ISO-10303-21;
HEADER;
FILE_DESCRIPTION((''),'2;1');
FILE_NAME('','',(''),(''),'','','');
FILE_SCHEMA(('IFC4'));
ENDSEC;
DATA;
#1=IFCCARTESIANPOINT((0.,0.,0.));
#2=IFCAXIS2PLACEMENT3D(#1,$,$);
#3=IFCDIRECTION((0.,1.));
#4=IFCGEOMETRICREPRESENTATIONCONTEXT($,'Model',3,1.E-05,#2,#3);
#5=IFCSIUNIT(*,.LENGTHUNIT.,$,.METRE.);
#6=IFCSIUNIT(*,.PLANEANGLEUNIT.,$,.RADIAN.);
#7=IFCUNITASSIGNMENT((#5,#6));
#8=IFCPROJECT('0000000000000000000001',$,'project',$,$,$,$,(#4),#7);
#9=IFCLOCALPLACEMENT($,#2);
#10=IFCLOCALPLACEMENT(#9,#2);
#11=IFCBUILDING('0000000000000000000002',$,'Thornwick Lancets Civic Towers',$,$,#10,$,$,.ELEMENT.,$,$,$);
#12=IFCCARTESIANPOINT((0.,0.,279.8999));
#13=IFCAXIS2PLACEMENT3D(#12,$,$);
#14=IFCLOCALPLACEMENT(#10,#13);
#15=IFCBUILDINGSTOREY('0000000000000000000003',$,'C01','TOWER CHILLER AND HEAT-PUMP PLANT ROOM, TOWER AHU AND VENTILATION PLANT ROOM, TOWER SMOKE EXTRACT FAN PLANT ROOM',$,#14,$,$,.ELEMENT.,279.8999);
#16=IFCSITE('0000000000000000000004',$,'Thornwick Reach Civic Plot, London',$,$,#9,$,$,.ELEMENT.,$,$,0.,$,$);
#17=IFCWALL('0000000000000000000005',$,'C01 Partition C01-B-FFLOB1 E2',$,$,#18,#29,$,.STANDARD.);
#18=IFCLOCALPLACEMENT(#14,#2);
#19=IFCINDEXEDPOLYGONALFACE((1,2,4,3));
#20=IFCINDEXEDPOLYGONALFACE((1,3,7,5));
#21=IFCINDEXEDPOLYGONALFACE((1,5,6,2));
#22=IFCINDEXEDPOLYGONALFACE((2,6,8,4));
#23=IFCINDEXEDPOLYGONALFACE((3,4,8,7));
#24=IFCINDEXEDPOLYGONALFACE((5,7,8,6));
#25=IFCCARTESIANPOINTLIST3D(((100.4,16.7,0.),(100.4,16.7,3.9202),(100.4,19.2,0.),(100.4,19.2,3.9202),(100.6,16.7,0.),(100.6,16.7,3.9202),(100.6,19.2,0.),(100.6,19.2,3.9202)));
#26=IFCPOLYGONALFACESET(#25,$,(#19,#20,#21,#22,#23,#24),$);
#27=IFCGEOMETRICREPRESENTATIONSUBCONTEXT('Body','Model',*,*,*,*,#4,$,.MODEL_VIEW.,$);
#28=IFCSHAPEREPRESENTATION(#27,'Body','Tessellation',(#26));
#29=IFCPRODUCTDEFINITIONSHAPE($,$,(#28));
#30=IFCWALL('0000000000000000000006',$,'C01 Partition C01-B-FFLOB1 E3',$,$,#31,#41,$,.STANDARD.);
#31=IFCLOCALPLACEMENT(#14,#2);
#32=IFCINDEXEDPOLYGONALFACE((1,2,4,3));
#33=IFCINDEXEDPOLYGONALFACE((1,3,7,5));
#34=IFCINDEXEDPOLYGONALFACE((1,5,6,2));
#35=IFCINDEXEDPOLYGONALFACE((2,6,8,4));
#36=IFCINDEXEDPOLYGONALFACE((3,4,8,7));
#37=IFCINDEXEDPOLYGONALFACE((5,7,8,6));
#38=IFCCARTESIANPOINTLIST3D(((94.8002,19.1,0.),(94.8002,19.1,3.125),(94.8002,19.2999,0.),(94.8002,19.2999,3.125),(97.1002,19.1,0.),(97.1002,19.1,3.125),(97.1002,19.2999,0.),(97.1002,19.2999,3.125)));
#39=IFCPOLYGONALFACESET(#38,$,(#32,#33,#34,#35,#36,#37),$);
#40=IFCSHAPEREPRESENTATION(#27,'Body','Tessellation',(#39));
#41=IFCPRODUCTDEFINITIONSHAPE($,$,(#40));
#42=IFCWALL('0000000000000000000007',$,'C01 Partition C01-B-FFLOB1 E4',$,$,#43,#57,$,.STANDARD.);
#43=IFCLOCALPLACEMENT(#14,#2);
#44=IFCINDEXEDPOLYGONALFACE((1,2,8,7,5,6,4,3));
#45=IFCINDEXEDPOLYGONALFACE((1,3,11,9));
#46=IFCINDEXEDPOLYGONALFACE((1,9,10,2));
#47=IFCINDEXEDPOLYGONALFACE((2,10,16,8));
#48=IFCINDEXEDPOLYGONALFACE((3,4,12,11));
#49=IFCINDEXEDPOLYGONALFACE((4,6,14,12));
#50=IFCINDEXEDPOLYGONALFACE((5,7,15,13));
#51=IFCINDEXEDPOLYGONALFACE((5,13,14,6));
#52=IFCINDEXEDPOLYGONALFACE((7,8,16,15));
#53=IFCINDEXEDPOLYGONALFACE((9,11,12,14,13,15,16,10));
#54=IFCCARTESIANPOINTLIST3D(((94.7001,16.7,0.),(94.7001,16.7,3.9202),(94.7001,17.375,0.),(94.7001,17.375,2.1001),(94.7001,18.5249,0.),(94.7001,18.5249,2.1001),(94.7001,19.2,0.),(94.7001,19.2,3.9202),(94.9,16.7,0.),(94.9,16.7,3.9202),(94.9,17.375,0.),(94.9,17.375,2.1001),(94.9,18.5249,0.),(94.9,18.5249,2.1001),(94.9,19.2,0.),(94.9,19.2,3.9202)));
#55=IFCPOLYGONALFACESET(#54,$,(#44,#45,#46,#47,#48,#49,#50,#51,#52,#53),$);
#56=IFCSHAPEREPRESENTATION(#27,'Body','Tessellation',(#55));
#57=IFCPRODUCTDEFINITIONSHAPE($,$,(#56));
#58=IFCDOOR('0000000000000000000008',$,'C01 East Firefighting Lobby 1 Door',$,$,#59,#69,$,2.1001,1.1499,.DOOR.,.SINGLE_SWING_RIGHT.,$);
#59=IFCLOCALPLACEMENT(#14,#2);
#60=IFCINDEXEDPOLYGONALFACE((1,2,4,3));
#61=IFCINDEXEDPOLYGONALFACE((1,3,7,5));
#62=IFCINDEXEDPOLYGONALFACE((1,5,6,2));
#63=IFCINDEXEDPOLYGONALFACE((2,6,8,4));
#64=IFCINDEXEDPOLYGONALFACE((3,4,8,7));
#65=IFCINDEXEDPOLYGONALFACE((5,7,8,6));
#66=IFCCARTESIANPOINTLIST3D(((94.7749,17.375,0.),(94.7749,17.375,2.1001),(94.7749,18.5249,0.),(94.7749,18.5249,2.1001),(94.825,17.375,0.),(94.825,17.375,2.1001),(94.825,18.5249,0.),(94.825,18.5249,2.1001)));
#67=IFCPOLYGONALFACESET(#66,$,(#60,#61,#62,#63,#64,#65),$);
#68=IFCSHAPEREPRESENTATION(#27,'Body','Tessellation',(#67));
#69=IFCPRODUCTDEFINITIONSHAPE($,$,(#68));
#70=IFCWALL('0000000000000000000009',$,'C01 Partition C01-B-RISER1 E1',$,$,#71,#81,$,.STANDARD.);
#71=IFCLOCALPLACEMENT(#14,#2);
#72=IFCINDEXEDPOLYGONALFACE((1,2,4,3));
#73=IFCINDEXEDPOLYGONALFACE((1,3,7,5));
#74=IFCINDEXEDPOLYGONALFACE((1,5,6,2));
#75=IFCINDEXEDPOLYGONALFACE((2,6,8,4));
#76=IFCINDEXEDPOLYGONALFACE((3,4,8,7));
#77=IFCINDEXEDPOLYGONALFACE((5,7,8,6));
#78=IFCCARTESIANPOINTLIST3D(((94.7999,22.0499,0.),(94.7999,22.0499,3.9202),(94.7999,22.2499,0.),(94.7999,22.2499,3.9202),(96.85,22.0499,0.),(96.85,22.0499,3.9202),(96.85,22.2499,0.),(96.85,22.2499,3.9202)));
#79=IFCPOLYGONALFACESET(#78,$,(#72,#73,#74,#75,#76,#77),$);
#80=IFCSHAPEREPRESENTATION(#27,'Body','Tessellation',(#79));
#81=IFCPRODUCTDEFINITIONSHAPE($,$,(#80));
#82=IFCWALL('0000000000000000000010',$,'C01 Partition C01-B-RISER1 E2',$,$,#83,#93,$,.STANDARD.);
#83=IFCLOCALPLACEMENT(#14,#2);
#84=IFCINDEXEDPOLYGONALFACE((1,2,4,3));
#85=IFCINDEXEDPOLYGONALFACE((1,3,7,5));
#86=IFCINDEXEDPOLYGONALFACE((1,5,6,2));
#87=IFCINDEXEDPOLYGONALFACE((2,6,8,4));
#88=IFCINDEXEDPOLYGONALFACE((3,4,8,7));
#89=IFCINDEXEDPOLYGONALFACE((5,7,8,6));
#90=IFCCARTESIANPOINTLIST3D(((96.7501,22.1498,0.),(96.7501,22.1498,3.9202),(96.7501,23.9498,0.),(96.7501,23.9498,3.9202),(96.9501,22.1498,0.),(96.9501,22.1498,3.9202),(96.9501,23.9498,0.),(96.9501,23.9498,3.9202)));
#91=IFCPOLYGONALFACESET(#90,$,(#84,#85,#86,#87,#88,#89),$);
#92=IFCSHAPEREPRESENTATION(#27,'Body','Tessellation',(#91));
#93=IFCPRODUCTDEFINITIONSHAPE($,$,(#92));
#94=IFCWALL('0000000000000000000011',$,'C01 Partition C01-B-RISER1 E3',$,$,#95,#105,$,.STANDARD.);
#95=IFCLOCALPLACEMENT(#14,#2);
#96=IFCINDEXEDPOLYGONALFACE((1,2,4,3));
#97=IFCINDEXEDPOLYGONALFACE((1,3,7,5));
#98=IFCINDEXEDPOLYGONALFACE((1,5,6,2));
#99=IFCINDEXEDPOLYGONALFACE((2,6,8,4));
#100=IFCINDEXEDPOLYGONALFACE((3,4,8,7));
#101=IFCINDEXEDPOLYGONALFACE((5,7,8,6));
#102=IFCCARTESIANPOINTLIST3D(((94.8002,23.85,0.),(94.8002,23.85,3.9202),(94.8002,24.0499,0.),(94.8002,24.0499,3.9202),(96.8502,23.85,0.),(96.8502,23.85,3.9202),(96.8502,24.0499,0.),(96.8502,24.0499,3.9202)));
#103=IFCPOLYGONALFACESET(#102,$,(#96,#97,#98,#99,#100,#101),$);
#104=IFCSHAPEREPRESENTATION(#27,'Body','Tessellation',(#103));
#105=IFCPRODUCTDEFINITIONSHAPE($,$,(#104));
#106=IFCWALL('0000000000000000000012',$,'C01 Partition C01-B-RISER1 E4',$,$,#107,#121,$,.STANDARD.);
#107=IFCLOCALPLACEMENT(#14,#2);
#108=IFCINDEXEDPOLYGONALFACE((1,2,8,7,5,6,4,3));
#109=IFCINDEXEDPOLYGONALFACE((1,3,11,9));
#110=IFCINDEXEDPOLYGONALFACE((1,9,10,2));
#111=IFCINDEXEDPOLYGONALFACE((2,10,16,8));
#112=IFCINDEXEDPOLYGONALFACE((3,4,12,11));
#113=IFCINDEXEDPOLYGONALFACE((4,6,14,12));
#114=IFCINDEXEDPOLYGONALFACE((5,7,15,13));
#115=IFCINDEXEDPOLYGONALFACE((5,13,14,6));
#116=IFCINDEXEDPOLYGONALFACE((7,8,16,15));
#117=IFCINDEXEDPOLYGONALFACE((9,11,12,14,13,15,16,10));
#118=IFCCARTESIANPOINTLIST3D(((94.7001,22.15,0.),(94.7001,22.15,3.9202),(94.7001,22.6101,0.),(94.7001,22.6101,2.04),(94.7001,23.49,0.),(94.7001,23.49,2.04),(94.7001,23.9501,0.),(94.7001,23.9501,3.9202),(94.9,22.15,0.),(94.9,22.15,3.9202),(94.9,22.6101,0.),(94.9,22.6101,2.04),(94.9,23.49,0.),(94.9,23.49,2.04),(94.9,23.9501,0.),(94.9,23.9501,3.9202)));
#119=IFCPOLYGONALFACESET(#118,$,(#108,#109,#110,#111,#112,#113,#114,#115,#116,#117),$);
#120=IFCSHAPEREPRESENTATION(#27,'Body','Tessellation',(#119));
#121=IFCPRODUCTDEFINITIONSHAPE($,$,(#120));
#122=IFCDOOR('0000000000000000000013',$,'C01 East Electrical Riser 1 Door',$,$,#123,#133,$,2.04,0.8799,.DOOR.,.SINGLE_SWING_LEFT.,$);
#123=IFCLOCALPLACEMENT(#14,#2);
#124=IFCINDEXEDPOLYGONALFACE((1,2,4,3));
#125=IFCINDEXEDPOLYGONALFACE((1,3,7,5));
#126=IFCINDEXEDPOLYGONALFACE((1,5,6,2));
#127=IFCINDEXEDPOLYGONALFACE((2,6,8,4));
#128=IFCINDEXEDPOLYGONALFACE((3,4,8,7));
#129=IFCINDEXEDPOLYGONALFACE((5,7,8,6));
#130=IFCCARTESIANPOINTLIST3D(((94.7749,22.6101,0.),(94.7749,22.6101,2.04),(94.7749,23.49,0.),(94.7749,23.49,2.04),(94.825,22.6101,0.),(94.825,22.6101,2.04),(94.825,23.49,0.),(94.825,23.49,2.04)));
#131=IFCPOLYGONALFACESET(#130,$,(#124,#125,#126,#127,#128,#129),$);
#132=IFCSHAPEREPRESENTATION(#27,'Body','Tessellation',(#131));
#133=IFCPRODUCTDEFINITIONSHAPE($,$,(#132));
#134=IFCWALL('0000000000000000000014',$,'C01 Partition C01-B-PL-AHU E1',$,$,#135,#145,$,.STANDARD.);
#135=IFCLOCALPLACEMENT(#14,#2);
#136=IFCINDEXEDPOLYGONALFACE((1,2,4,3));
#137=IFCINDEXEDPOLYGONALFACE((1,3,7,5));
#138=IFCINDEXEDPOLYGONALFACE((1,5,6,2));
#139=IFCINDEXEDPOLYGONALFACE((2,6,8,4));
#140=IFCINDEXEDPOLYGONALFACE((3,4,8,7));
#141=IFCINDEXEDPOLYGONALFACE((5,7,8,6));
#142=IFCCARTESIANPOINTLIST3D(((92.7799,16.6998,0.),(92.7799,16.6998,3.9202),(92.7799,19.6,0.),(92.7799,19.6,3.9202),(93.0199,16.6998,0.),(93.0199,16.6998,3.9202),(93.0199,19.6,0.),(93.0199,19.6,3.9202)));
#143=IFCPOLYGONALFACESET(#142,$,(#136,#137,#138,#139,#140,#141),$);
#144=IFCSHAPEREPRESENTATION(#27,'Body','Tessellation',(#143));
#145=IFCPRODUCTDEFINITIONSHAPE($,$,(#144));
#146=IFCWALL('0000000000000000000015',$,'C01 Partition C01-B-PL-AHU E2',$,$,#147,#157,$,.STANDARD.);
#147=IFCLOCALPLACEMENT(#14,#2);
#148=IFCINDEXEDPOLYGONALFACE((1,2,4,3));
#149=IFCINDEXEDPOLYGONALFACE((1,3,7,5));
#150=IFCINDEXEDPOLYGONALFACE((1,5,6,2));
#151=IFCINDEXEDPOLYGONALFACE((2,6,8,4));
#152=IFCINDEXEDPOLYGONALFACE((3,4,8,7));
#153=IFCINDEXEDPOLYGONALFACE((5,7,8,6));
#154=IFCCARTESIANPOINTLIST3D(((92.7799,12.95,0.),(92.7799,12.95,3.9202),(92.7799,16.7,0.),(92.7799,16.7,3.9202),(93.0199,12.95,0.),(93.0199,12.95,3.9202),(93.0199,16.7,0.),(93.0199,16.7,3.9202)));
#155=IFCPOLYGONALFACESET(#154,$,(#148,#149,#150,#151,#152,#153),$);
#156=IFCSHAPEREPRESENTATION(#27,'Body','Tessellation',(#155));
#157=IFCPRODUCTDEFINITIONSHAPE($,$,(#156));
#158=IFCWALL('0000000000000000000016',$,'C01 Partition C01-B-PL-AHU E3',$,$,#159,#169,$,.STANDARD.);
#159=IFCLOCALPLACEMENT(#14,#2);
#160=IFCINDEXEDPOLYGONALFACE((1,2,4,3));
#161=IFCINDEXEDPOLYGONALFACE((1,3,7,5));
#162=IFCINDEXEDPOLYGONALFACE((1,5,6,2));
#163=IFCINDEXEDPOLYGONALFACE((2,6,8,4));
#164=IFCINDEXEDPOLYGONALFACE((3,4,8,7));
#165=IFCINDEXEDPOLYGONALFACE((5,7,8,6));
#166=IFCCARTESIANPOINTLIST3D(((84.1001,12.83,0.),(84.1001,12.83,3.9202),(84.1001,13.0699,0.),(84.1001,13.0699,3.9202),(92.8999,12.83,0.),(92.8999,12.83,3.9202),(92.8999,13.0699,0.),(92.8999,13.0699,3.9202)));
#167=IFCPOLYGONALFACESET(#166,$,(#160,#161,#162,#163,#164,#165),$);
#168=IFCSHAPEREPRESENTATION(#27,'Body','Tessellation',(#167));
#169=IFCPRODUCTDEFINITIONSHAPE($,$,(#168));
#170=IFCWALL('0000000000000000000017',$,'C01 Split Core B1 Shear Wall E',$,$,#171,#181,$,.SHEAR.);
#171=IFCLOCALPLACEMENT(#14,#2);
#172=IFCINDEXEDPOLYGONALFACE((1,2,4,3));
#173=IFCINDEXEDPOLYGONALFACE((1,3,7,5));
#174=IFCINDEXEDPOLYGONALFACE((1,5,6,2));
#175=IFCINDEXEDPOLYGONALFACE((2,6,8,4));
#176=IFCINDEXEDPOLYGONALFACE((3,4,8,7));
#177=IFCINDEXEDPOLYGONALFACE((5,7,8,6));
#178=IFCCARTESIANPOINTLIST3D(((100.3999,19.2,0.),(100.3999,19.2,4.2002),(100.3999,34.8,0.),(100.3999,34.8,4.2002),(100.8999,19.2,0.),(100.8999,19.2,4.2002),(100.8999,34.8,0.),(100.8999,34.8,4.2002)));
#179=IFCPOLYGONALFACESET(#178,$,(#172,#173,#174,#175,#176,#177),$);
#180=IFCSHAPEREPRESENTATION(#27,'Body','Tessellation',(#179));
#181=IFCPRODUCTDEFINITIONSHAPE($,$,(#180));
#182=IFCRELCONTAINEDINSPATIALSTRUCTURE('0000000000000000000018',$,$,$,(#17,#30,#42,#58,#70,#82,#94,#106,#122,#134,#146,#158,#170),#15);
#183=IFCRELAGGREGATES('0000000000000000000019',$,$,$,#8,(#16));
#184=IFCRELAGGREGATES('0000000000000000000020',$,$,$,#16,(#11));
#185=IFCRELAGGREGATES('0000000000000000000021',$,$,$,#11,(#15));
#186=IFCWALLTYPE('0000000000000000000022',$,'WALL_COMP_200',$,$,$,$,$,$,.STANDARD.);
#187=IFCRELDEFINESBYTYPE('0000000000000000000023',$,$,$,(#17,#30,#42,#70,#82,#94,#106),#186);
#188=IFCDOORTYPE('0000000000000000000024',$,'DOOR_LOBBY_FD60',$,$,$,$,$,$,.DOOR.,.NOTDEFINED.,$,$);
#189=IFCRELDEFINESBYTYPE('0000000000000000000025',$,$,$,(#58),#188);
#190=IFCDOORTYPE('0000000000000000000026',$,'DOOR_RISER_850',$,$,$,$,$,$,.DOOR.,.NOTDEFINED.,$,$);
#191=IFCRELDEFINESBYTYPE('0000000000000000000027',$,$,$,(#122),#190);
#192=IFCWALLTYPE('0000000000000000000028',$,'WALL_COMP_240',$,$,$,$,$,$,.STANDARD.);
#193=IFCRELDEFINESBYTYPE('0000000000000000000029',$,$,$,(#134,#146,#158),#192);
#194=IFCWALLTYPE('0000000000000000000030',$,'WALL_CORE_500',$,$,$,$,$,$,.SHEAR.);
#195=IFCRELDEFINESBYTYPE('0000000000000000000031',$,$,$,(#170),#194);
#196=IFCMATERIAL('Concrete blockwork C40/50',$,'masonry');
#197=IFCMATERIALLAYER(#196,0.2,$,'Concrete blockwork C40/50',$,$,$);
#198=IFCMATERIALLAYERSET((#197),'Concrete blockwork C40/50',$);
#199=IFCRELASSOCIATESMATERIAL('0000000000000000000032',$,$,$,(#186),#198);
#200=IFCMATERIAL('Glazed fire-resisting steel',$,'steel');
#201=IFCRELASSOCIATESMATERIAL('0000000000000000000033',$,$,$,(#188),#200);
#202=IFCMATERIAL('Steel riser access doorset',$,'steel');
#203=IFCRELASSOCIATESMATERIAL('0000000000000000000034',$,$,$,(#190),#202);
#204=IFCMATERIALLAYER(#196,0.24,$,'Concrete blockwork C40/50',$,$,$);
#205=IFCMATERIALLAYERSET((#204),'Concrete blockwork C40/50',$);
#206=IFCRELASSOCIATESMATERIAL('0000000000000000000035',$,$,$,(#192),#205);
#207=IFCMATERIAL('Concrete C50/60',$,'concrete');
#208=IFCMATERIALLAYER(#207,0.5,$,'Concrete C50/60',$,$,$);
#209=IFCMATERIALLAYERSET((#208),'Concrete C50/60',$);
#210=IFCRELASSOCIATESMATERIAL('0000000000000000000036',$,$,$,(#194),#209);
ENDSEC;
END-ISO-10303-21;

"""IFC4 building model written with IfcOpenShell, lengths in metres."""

from ifc_helpers import new_model, si_unit, direction, frame, frame_2d, origin, place, context, subcontext, project, spatial, rectangle, extrude, material, layer, layer_set, type_object, element, fill, save


model = new_model("IFC4")

# Units and contexts
model_context = context("Model", 3, precision=1e-05, world=origin(), true_north=direction((0.0, 1.0)))
body_context = subcontext(model_context, "Body", "Model", "MODEL_VIEW")
ifc_project = project(units=[si_unit("LENGTHUNIT", "METRE"), si_unit("PLANEANGLEUNIT", "RADIAN")], contexts=[model_context])

# Site, building, storey
site_placement = place(None, origin())
site = spatial("IfcSite", under=ifc_project, at=site_placement, Name="Thornwick Reach Civic Plot, London", CompositionType="ELEMENT", RefElevation=0.0)
building_placement = place(site_placement, origin())
building = spatial("IfcBuilding", under=site, at=building_placement, Name="Thornwick Lancets Civic Towers", CompositionType="ELEMENT")
storey_placement = place(building_placement, frame((0.0, 0.0, 279.8999)))
storey = spatial("IfcBuildingStorey", under=building, at=storey_placement, Name="C01", Description="TOWER CHILLER AND HEAT-PUMP PLANT ROOM, TOWER AHU AND VENTILATION PLANT ROOM, TOWER SMOKE EXTRACT FAN PLANT ROOM", CompositionType="ELEMENT", Elevation=279.8999)

# Shared definitions
ifc_material_1 = material(Name="Concrete C50/60", Category="concrete")

# Walls
ifc_material_2 = material(Name="Concrete blockwork C40/50", Category="masonry")
ifc_layer_1 = layer(ifc_material_2, 0.2, Name="Concrete blockwork C40/50")
ifc_layer_set_1 = layer_set([ifc_layer_1], Name="Concrete blockwork C40/50")
wall_type_1 = type_object("IfcWallType", Name="WALL_COMP_200", PredefinedType="STANDARD", material=ifc_layer_set_1)
wall_1_placement = place(storey_placement, frame((100.5, 16.7, 0.0), z_axis=(0.0, 0.0, 1.0), x_axis=(0.0, 1.0, 0.0)))
element("IfcWall", 1, at=wall_1_placement, inside=storey, type_object=wall_type_1, Name="C01 Partition C01-B-FFLOB1 E2", PredefinedType="STANDARD", context=body_context, shape_type="SweptSolid", body=[
    extrude(rectangle(XDim=2.5, YDim=0.2, at=frame_2d((1.25, 0.0))), origin(), (0.0, 0.0, 1.0), 3.9202),
])
wall_2_placement = place(storey_placement, frame((97.1001, 19.2, 0.0), z_axis=(0.0, 0.0, 1.0), x_axis=(-1.0, 0.0, 0.0)))
element("IfcWall", 2, at=wall_2_placement, inside=storey, type_object=wall_type_1, Name="C01 Partition C01-B-FFLOB1 E3", PredefinedType="STANDARD", context=body_context, shape_type="SweptSolid", body=[
    extrude(rectangle(XDim=2.3, YDim=0.2, at=frame_2d((1.1499, 0.0))), origin(), (0.0, 0.0, 1.0), 3.125),
])

# Wall, opening, door
wall_3_placement = place(storey_placement, frame((94.8, 19.2, 0.0), z_axis=(0.0, 0.0, 1.0), x_axis=(0.0, -1.0, 0.0)))
wall_3 = element("IfcWall", 3, at=wall_3_placement, inside=storey, type_object=wall_type_1, Name="C01 Partition C01-B-FFLOB1 E4", PredefinedType="STANDARD", context=body_context, shape_type="SweptSolid", body=[
    extrude(rectangle(XDim=2.5, YDim=0.2, at=frame_2d((1.25, 0.0))), origin(), (0.0, 0.0, 1.0), 3.9202),
])
opening_1_placement = place(wall_3_placement, frame((0.675, 0.0, 0.0)))
opening_1 = element("IfcOpeningElement", 4, at=opening_1_placement, cuts=wall_3, PredefinedType="OPENING", context=body_context, shape_type="SweptSolid", body=[
    extrude(rectangle(XDim=1.1499, YDim=2.1001, at=frame_2d((0.575, 1.05))), frame((0.0, 0.1099, 0.0), z_axis=(0.0, -1.0, 0.0), x_axis=(1.0, 0.0, 0.0)), (0.0, 0.0, 1.0), 0.22),
])
ifc_material_3 = material(Name="Glazed fire-resisting steel", Category="steel")
door_type_1 = type_object("IfcDoorType", Name="DOOR_LOBBY_FD60", OperationType="NOTDEFINED", PredefinedType="DOOR", material=ifc_material_3)
door_1_placement = place(opening_1_placement, origin())
door_1 = element("IfcDoor", 5, at=door_1_placement, inside=storey, type_object=door_type_1, Name="C01 East Firefighting Lobby 1 Door", OperationType="SINGLE_SWING_RIGHT", OverallHeight=2.1001, OverallWidth=1.1499, PredefinedType="DOOR", context=body_context, shape_type="SweptSolid", body=[
    extrude(rectangle(XDim=1.1499, YDim=2.1001, at=frame_2d((0.575, 1.05))), frame((0.0, 0.0249, 0.0), z_axis=(0.0, -1.0, 0.0), x_axis=(1.0, 0.0, 0.0)), (0.0, 0.0, 1.0), 0.05),
])
fill(opening_1, door_1)

# Walls
wall_4_placement = place(storey_placement, frame((94.8, 22.1499, 0.0), z_axis=(0.0, 0.0, 1.0), x_axis=(1.0, 0.0, 0.0)))
element("IfcWall", 6, at=wall_4_placement, inside=storey, type_object=wall_type_1, Name="C01 Partition C01-B-RISER1 E1", PredefinedType="STANDARD", context=body_context, shape_type="SweptSolid", body=[
    extrude(rectangle(XDim=2.05, YDim=0.2, at=frame_2d((1.0249, 0.0))), origin(), (0.0, 0.0, 1.0), 3.9202),
])
wall_5_placement = place(storey_placement, frame((96.8501, 22.1499, 0.0), z_axis=(0.0, 0.0, 1.0), x_axis=(0.0, 1.0, 0.0)))
element("IfcWall", 7, at=wall_5_placement, inside=storey, type_object=wall_type_1, Name="C01 Partition C01-B-RISER1 E2", PredefinedType="STANDARD", context=body_context, shape_type="SweptSolid", body=[
    extrude(rectangle(XDim=1.8, YDim=0.2, at=frame_2d((0.8999, 0.0))), origin(), (0.0, 0.0, 1.0), 3.9202),
])
wall_6_placement = place(storey_placement, frame((96.8501, 23.95, 0.0), z_axis=(0.0, 0.0, 1.0), x_axis=(-1.0, 0.0, 0.0)))
element("IfcWall", 8, at=wall_6_placement, inside=storey, type_object=wall_type_1, Name="C01 Partition C01-B-RISER1 E3", PredefinedType="STANDARD", context=body_context, shape_type="SweptSolid", body=[
    extrude(rectangle(XDim=2.05, YDim=0.2, at=frame_2d((1.0249, 0.0))), origin(), (0.0, 0.0, 1.0), 3.9202),
])

# Wall, opening, door
wall_7_placement = place(storey_placement, frame((94.8, 23.95, 0.0), z_axis=(0.0, 0.0, 1.0), x_axis=(0.0, -1.0, 0.0)))
wall_7 = element("IfcWall", 9, at=wall_7_placement, inside=storey, type_object=wall_type_1, Name="C01 Partition C01-B-RISER1 E4", PredefinedType="STANDARD", context=body_context, shape_type="SweptSolid", body=[
    extrude(rectangle(XDim=1.8, YDim=0.2, at=frame_2d((0.8999, 0.0))), origin(), (0.0, 0.0, 1.0), 3.9202),
])
opening_2_placement = place(wall_7_placement, frame((0.46, 0.0, 0.0)))
opening_2 = element("IfcOpeningElement", 10, at=opening_2_placement, cuts=wall_7, PredefinedType="OPENING", context=body_context, shape_type="SweptSolid", body=[
    extrude(rectangle(XDim=0.8799, YDim=2.04, at=frame_2d((0.4399, 1.02))), frame((0.0, 0.1099, 0.0), z_axis=(0.0, -1.0, 0.0), x_axis=(1.0, 0.0, 0.0)), (0.0, 0.0, 1.0), 0.22),
])
ifc_material_4 = material(Name="Steel riser access doorset", Category="steel")
door_type_2 = type_object("IfcDoorType", Name="DOOR_RISER_850", OperationType="NOTDEFINED", PredefinedType="DOOR", material=ifc_material_4)
door_2_placement = place(opening_2_placement, origin())
door_2 = element("IfcDoor", 11, at=door_2_placement, inside=storey, type_object=door_type_2, Name="C01 East Electrical Riser 1 Door", OperationType="SINGLE_SWING_LEFT", OverallHeight=2.04, OverallWidth=0.8799, PredefinedType="DOOR", context=body_context, shape_type="SweptSolid", body=[
    extrude(rectangle(XDim=0.8799, YDim=2.04, at=frame_2d((0.4399, 1.02))), frame((0.0, 0.0249, 0.0), z_axis=(0.0, -1.0, 0.0), x_axis=(1.0, 0.0, 0.0)), (0.0, 0.0, 1.0), 0.05),
])
fill(opening_2, door_2)

# Walls
ifc_layer_2 = layer(ifc_material_2, 0.24, Name="Concrete blockwork C40/50")
ifc_layer_set_2 = layer_set([ifc_layer_2], Name="Concrete blockwork C40/50")
wall_type_2 = type_object("IfcWallType", Name="WALL_COMP_240", PredefinedType="STANDARD", material=ifc_layer_set_2)
wall_8_placement = place(storey_placement, frame((92.8999, 19.6001, 0.0), z_axis=(0.0, 0.0, 1.0), x_axis=(0.0, -1.0, 0.0)))
element("IfcWall", 12, at=wall_8_placement, inside=storey, type_object=wall_type_2, Name="C01 Partition C01-B-PL-AHU E1", PredefinedType="STANDARD", context=body_context, shape_type="SweptSolid", body=[
    extrude(rectangle(XDim=2.9001, YDim=0.24, at=frame_2d((1.4502, 0.0))), origin(), (0.0, 0.0, 1.0), 3.9202),
])
wall_9_placement = place(storey_placement, frame((92.8999, 16.7, 0.0), z_axis=(0.0, 0.0, 1.0), x_axis=(0.0, -1.0, 0.0)))
element("IfcWall", 13, at=wall_9_placement, inside=storey, type_object=wall_type_2, Name="C01 Partition C01-B-PL-AHU E2", PredefinedType="STANDARD", context=body_context, shape_type="SweptSolid", body=[
    extrude(rectangle(XDim=3.75, YDim=0.24, at=frame_2d((1.875, 0.0))), origin(), (0.0, 0.0, 1.0), 3.9202),
])
wall_10_placement = place(storey_placement, frame((92.8999, 12.95, 0.0), z_axis=(0.0, 0.0, 1.0), x_axis=(-1.0, 0.0, 0.0)))
element("IfcWall", 14, at=wall_10_placement, inside=storey, type_object=wall_type_2, Name="C01 Partition C01-B-PL-AHU E3", PredefinedType="STANDARD", context=body_context, shape_type="SweptSolid", body=[
    extrude(rectangle(XDim=8.7998, YDim=0.24, at=frame_2d((4.3999, 0.0))), origin(), (0.0, 0.0, 1.0), 3.9202),
])
ifc_layer_3 = layer(ifc_material_1, 0.5, Name="Concrete C50/60")
ifc_layer_set_3 = layer_set([ifc_layer_3], Name="Concrete C50/60")
wall_type_3 = type_object("IfcWallType", Name="WALL_CORE_500", PredefinedType="SHEAR", material=ifc_layer_set_3)
wall_11_placement = place(storey_placement, frame((100.6499, 19.2, 0.0), z_axis=(0.0, 0.0, 1.0), x_axis=(0.0, 1.0, 0.0)))
element("IfcWall", 15, at=wall_11_placement, inside=storey, type_object=wall_type_3, Name="C01 Split Core B1 Shear Wall E", PredefinedType="SHEAR", context=body_context, shape_type="SweptSolid", body=[
    extrude(rectangle(XDim=15.6001, YDim=0.5, at=frame_2d((7.8, 0.0))), origin(), (0.0, 0.0, 1.0), 4.2002),
])

save(model, "model.ifc")
